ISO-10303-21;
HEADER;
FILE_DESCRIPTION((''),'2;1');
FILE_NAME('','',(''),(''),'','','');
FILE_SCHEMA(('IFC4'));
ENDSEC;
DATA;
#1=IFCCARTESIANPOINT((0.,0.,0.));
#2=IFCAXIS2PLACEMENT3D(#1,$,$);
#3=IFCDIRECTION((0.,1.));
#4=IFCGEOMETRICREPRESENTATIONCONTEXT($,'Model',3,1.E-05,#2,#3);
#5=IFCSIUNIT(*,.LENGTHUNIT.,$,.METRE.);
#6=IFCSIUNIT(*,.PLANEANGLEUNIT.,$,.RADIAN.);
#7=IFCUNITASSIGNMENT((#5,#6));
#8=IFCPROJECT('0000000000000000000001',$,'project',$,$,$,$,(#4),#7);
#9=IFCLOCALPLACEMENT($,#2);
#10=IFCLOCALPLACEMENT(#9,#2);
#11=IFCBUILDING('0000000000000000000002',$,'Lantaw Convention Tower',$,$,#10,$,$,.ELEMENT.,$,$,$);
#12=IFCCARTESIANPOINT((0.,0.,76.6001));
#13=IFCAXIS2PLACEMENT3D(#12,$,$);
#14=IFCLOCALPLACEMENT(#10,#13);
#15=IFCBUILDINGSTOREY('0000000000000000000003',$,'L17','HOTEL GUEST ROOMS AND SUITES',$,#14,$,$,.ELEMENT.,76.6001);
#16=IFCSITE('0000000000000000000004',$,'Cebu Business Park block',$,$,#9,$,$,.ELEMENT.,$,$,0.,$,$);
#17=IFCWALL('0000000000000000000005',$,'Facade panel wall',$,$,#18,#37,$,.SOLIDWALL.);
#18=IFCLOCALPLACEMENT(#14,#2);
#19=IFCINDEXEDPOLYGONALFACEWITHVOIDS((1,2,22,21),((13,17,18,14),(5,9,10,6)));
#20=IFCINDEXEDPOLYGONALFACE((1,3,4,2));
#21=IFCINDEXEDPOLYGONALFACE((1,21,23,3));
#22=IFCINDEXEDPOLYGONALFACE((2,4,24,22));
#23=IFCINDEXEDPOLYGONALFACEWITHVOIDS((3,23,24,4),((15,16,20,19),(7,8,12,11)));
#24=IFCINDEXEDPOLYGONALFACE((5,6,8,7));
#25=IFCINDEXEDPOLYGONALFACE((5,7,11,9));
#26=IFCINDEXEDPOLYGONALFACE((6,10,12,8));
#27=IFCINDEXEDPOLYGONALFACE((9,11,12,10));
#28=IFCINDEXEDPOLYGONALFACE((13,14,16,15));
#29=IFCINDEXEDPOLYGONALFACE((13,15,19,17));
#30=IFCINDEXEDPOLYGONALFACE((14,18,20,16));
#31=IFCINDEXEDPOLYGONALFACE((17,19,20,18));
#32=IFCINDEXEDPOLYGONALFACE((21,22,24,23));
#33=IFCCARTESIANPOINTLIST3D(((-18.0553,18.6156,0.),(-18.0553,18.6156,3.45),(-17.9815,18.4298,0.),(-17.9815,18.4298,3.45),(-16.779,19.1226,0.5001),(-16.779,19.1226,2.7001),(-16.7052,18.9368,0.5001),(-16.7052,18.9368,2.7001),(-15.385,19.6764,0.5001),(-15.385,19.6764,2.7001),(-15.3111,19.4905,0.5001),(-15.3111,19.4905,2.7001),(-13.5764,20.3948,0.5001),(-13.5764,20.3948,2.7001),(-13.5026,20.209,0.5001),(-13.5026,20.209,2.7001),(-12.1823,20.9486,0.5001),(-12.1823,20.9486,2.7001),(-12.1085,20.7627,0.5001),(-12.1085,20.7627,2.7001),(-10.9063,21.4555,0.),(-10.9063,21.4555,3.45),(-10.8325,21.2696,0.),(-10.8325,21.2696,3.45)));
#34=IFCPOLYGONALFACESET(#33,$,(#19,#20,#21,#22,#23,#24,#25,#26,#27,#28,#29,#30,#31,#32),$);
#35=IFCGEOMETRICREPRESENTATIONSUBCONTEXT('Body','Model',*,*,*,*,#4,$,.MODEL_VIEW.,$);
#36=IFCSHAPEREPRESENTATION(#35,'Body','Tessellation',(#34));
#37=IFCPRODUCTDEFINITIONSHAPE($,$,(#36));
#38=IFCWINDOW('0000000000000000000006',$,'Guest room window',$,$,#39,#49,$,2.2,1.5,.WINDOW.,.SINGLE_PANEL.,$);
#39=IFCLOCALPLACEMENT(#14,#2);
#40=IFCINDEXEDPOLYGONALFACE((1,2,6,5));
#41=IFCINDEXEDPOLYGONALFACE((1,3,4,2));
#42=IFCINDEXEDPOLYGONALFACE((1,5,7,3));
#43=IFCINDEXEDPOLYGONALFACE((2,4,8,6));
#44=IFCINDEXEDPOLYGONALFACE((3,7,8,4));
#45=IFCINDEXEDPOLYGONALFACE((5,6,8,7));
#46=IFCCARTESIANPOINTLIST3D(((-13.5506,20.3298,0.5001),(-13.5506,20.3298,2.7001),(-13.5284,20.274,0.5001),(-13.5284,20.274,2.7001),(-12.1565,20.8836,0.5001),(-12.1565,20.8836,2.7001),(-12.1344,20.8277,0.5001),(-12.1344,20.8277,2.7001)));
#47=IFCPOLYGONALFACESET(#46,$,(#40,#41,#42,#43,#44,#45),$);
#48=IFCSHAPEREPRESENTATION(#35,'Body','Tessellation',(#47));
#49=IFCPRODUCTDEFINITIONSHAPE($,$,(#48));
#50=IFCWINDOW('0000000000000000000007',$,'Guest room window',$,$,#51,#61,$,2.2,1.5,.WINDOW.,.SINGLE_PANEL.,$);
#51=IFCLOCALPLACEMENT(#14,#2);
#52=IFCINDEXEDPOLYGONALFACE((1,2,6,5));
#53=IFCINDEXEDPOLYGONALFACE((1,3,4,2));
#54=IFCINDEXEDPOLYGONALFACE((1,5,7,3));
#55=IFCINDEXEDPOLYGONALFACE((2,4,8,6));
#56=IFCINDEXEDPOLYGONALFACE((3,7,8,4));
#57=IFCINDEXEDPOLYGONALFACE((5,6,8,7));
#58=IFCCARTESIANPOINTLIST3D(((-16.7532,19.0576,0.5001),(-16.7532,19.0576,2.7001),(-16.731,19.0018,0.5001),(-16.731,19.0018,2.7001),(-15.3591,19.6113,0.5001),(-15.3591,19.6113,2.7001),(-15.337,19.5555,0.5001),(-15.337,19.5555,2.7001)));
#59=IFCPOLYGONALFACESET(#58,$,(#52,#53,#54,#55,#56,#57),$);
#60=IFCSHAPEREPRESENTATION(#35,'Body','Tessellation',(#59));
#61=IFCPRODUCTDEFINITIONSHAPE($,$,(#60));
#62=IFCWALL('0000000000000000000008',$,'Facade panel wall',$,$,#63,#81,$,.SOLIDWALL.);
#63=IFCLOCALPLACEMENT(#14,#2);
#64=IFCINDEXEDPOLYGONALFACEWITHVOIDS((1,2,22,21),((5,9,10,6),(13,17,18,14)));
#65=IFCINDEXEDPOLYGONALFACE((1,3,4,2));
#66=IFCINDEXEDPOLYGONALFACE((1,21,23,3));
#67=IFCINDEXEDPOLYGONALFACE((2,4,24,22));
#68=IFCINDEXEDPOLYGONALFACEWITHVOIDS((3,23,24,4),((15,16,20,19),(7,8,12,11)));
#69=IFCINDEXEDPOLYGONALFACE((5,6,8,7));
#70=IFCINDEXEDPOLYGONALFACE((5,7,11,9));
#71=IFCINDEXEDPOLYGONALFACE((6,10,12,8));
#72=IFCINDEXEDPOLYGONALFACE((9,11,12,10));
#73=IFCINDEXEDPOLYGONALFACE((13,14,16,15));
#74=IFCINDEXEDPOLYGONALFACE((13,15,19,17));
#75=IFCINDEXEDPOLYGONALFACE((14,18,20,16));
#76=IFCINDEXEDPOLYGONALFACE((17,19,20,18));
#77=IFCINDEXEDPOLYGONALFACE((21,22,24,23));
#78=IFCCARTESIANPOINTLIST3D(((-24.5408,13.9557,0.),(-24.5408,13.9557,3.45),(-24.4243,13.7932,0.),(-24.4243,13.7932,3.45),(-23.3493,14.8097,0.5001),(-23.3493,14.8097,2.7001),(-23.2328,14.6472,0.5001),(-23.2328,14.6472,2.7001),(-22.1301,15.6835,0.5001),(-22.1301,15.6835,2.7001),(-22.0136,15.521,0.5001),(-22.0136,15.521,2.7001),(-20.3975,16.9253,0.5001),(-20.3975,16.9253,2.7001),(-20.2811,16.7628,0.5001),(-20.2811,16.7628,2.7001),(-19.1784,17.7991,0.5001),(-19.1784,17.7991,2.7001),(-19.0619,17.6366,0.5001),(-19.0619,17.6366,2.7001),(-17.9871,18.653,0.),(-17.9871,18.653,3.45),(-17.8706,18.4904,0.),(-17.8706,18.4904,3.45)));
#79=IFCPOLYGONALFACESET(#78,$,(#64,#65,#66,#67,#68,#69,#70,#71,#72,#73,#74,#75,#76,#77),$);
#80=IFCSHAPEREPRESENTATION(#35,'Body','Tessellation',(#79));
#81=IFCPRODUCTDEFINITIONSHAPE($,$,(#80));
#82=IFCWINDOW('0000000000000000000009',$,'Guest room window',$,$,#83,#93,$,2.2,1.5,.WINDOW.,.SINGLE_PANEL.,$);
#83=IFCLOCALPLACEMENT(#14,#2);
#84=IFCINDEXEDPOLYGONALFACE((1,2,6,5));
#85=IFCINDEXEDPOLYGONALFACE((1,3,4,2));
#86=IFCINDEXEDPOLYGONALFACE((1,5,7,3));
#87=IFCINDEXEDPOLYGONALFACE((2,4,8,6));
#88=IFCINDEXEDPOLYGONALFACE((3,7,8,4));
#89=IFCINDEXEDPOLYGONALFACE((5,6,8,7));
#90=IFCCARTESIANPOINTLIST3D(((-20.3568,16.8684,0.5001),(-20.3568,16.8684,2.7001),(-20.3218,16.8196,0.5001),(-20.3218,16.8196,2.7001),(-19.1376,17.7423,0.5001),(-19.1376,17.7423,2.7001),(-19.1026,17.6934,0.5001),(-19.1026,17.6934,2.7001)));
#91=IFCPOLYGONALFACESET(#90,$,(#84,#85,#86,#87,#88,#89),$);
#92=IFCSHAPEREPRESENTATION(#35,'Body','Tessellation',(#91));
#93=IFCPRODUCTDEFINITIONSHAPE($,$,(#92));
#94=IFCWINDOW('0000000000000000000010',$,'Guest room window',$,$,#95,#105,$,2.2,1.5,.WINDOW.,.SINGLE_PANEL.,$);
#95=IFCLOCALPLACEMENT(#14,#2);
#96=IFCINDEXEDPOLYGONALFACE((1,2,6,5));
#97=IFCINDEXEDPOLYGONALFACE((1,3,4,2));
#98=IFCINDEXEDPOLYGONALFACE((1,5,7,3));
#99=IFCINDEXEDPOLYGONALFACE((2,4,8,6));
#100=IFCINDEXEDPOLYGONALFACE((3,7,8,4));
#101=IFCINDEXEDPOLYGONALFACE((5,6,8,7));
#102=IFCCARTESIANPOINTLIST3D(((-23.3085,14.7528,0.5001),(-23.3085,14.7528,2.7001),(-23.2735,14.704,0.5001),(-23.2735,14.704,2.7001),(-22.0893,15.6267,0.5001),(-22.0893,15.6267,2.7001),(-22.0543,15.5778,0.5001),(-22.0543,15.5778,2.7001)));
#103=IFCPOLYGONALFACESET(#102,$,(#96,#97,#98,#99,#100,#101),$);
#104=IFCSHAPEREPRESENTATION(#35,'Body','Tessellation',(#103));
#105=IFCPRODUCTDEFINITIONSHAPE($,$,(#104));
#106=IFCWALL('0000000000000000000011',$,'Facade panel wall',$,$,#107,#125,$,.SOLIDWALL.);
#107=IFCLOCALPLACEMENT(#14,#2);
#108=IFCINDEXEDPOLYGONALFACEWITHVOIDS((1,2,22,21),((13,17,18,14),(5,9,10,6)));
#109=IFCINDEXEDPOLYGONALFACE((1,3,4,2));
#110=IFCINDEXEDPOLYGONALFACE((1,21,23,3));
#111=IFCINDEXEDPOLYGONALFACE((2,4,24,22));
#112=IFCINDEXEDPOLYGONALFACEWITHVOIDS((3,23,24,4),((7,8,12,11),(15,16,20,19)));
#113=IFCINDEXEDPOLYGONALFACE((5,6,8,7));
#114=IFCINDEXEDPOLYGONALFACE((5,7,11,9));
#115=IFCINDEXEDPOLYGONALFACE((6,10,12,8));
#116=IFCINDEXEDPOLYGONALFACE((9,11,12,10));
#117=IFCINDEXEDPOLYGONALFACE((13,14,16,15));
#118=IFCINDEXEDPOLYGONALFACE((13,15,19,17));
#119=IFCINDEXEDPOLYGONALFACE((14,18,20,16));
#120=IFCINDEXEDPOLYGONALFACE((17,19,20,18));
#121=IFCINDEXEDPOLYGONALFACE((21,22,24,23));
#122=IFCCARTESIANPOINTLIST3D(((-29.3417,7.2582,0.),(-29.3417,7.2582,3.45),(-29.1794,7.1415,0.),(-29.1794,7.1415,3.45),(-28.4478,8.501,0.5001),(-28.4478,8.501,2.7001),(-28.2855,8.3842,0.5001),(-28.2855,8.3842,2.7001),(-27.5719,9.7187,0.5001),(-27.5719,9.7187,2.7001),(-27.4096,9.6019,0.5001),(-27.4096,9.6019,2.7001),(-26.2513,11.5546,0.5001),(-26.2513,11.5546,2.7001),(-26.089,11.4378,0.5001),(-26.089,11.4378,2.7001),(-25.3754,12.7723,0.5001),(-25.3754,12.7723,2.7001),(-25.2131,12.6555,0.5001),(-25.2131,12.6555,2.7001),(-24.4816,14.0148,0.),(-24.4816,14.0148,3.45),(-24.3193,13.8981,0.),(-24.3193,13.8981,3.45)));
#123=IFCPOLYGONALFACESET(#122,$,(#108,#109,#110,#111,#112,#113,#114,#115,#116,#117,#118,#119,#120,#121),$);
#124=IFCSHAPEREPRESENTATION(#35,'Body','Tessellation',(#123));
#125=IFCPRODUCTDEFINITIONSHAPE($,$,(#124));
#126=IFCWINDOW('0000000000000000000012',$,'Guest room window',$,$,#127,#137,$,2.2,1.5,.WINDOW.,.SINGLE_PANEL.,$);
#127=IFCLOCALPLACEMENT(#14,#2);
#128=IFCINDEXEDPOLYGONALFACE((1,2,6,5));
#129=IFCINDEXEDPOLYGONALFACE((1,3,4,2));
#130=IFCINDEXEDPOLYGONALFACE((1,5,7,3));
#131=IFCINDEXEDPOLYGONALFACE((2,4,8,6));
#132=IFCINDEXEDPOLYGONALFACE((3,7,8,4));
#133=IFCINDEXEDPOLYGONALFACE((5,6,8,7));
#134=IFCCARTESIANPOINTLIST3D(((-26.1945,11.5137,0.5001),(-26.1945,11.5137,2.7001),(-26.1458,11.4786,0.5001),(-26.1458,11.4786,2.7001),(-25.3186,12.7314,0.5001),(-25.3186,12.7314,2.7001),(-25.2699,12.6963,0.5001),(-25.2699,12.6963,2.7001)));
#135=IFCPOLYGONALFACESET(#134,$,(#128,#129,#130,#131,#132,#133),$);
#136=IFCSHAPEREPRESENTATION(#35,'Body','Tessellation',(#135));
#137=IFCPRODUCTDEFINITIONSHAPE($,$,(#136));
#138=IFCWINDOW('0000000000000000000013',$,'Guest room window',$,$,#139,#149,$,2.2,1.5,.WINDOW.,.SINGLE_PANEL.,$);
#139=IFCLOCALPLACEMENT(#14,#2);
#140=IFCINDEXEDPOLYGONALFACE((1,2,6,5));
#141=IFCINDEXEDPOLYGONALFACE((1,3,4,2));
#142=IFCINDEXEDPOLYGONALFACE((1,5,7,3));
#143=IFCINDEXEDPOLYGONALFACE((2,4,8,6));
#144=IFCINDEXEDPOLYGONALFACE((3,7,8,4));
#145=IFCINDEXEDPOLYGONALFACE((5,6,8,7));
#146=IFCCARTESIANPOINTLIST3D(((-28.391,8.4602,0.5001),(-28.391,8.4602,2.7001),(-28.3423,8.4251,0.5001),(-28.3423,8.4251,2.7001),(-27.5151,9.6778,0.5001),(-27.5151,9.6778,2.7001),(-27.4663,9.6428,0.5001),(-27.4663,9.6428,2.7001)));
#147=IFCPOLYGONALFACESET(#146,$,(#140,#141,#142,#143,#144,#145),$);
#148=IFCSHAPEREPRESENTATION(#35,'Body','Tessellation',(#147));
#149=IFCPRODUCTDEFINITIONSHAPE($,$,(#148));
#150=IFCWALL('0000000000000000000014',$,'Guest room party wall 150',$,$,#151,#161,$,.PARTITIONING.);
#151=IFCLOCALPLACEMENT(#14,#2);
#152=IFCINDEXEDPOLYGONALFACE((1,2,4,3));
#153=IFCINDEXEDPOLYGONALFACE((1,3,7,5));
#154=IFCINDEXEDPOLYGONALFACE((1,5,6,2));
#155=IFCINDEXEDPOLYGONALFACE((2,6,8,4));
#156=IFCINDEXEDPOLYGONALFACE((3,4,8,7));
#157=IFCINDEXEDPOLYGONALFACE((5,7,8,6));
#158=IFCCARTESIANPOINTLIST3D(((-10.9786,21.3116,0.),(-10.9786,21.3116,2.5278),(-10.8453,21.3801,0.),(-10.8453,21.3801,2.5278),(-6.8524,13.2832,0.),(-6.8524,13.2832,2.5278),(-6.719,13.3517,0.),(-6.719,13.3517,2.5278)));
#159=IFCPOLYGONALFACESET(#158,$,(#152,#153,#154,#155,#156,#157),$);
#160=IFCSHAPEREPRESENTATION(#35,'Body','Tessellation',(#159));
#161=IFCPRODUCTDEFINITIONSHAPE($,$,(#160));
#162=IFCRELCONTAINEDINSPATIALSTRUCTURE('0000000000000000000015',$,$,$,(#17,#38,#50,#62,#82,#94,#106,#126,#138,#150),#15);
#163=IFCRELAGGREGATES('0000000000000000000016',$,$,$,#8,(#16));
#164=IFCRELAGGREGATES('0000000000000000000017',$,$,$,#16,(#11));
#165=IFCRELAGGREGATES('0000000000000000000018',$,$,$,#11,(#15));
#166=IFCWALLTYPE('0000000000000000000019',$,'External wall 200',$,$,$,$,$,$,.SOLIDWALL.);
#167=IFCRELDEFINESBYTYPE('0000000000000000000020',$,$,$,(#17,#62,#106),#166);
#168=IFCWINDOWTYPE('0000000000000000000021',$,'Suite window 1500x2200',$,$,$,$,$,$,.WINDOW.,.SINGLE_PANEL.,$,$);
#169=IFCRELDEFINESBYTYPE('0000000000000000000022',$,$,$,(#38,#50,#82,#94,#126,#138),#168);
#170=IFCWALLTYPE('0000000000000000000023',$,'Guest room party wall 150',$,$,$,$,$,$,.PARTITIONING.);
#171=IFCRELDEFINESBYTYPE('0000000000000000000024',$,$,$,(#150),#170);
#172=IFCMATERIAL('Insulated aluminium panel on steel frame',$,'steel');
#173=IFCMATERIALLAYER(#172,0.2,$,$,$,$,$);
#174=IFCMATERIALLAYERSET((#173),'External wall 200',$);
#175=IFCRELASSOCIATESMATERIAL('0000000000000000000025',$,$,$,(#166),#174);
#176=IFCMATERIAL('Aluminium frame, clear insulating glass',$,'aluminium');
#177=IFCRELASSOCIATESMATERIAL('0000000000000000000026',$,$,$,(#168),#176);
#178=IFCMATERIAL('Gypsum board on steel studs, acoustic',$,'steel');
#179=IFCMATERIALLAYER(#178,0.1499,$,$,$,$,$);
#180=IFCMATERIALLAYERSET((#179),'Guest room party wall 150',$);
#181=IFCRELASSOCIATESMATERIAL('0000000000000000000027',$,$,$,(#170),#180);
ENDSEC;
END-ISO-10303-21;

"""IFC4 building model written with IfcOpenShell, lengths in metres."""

from ifc_helpers import new_model, si_unit, direction, frame, frame_2d, origin, place, context, subcontext, project, spatial, rectangle, extrude, material, layer, layer_set, type_object, element, fill, save


model = new_model("IFC4")

# Units and contexts
model_context = context("Model", 3, precision=1e-05, world=origin(), true_north=direction((0.0, 1.0)))
body_context = subcontext(model_context, "Body", "Model", "MODEL_VIEW")
ifc_project = project(units=[si_unit("LENGTHUNIT", "METRE"), si_unit("PLANEANGLEUNIT", "RADIAN")], contexts=[model_context])

# Site, building, storey
site_placement = place(None, origin())
site = spatial("IfcSite", under=ifc_project, at=site_placement, Name="Cebu Business Park block", CompositionType="ELEMENT", RefElevation=0.0)
building_placement = place(site_placement, origin())
building = spatial("IfcBuilding", under=site, at=building_placement, Name="Lantaw Convention Tower", CompositionType="ELEMENT")
storey_placement = place(building_placement, frame((0.0, 0.0, 76.6001)))
storey = spatial("IfcBuildingStorey", under=building, at=storey_placement, Name="L17", Description="HOTEL GUEST ROOMS AND SUITES", CompositionType="ELEMENT", Elevation=76.6001)

# Walls, openings, windows
ifc_material_1 = material(Name="Insulated aluminium panel on steel frame", Category="steel")
ifc_layer_1 = layer(ifc_material_1, 0.2)
ifc_layer_set_1 = layer_set([ifc_layer_1], Name="External wall 200")
wall_type_1 = type_object("IfcWallType", Name="External wall 200", PredefinedType="SOLIDWALL", material=ifc_layer_set_1)
wall_1_placement = place(storey_placement, frame((-10.8694, 21.3625, 0.0), z_axis=(0.0, 0.0, 1.0), x_axis=(-0.929358, -0.369179, 0.0)))
wall_1 = element("IfcWall", 1, at=wall_1_placement, inside=storey, type_object=wall_type_1, Name="Facade panel wall", PredefinedType="SOLIDWALL", context=body_context, shape_type="SweptSolid", body=[
    extrude(rectangle(XDim=7.6924, YDim=0.2, at=frame_2d((3.8462, 0.0))), origin(), (0.0, 0.0, 1.0), 3.45),
])
opening_1_placement = place(wall_1_placement, frame((1.373, 0.0, 0.5)))
opening_1 = element("IfcOpeningElement", 2, at=opening_1_placement, cuts=wall_1, PredefinedType="OPENING", context=body_context, shape_type="SweptSolid", body=[
    extrude(rectangle(XDim=1.5, YDim=2.2, at=frame_2d((0.75, 1.1001))), frame((0.0, 0.1099, 0.0), z_axis=(0.0, -1.0, 0.0), x_axis=(1.0, 0.0, 0.0)), (0.0, 0.0, 1.0), 0.22),
])
opening_2_placement = place(wall_1_placement, frame((4.8191, 0.0, 0.5)))
opening_2 = element("IfcOpeningElement", 3, at=opening_2_placement, cuts=wall_1, PredefinedType="OPENING", context=body_context, shape_type="SweptSolid", body=[
    extrude(rectangle(XDim=1.5, YDim=2.2, at=frame_2d((0.75, 1.1001))), frame((0.0, 0.1099, 0.0), z_axis=(0.0, -1.0, 0.0), x_axis=(1.0, 0.0, 0.0)), (0.0, 0.0, 1.0), 0.22),
])
ifc_material_2 = material(Name="Aluminium frame, clear insulating glass", Category="aluminium")
window_type = type_object("IfcWindowType", Name="Suite window 1500x2200", PartitioningType="SINGLE_PANEL", PredefinedType="WINDOW", material=ifc_material_2)
window_1_placement = place(opening_1_placement, origin())
window_1 = element("IfcWindow", 4, at=window_1_placement, inside=storey, type_object=window_type, Name="Guest room window", OverallHeight=2.2, OverallWidth=1.5, PartitioningType="SINGLE_PANEL", PredefinedType="WINDOW", context=body_context, shape_type="SweptSolid", body=[
    extrude(rectangle(XDim=1.5, YDim=2.2, at=frame_2d((0.75, 1.1001))), frame((0.0, 0.03, 0.0), z_axis=(0.0, -1.0, 0.0), x_axis=(1.0, 0.0, 0.0)), (0.0, 0.0, 1.0), 0.0601),
])
fill(opening_1, window_1)
window_2_placement = place(opening_2_placement, origin())
window_2 = element("IfcWindow", 5, at=window_2_placement, inside=storey, type_object=window_type, Name="Guest room window", OverallHeight=2.2, OverallWidth=1.5, PartitioningType="SINGLE_PANEL", PredefinedType="WINDOW", context=body_context, shape_type="SweptSolid", body=[
    extrude(rectangle(XDim=1.5, YDim=2.2, at=frame_2d((0.75, 1.1001))), frame((0.0, 0.03, 0.0), z_axis=(0.0, -1.0, 0.0), x_axis=(1.0, 0.0, 0.0)), (0.0, 0.0, 1.0), 0.0601),
])
fill(opening_2, window_2)
wall_2_placement = place(storey_placement, frame((-17.9287, 18.5718, 0.0), z_axis=(0.0, 0.0, 1.0), x_axis=(-0.812791, -0.582555, 0.0)))
wall_2 = element("IfcWall", 6, at=wall_2_placement, inside=storey, type_object=wall_type_1, Name="Facade panel wall", PredefinedType="SOLIDWALL", context=body_context, shape_type="SweptSolid", body=[
    extrude(rectangle(XDim=8.0632, YDim=0.2, at=frame_2d((4.0317, 0.0))), origin(), (0.0, 0.0, 1.0), 3.45),
])
opening_3_placement = place(wall_2_placement, frame((1.4658, 0.0, 0.5)))
opening_3 = element("IfcOpeningElement", 7, at=opening_3_placement, cuts=wall_2, PredefinedType="OPENING", context=body_context, shape_type="SweptSolid", body=[
    extrude(rectangle(XDim=1.5, YDim=2.2, at=frame_2d((0.75, 1.1001))), frame((0.0, 0.1099, 0.0), z_axis=(0.0, -1.0, 0.0), x_axis=(1.0, 0.0, 0.0)), (0.0, 0.0, 1.0), 0.22),
])
opening_4_placement = place(wall_2_placement, frame((5.0974, 0.0, 0.5)))
opening_4 = element("IfcOpeningElement", 8, at=opening_4_placement, cuts=wall_2, PredefinedType="OPENING", context=body_context, shape_type="SweptSolid", body=[
    extrude(rectangle(XDim=1.5, YDim=2.2, at=frame_2d((0.75, 1.1001))), frame((0.0, 0.1099, 0.0), z_axis=(0.0, -1.0, 0.0), x_axis=(1.0, 0.0, 0.0)), (0.0, 0.0, 1.0), 0.22),
])
window_3_placement = place(opening_3_placement, origin())
window_3 = element("IfcWindow", 9, at=window_3_placement, inside=storey, type_object=window_type, Name="Guest room window", OverallHeight=2.2, OverallWidth=1.5, PartitioningType="SINGLE_PANEL", PredefinedType="WINDOW", context=body_context, shape_type="SweptSolid", body=[
    extrude(rectangle(XDim=1.5, YDim=2.2, at=frame_2d((0.75, 1.1001))), frame((0.0, 0.03, 0.0), z_axis=(0.0, -1.0, 0.0), x_axis=(1.0, 0.0, 0.0)), (0.0, 0.0, 1.0), 0.0601),
])
fill(opening_3, window_3)
window_4_placement = place(opening_4_placement, origin())
window_4 = element("IfcWindow", 10, at=window_4_placement, inside=storey, type_object=window_type, Name="Guest room window", OverallHeight=2.2, OverallWidth=1.5, PartitioningType="SINGLE_PANEL", PredefinedType="WINDOW", context=body_context, shape_type="SweptSolid", body=[
    extrude(rectangle(XDim=1.5, YDim=2.2, at=frame_2d((0.75, 1.1001))), frame((0.0, 0.03, 0.0), z_axis=(0.0, -1.0, 0.0), x_axis=(1.0, 0.0, 0.0)), (0.0, 0.0, 1.0), 0.0601),
])
fill(opening_4, window_4)
wall_3_placement = place(storey_placement, frame((-24.4004, 13.9565, 0.0), z_axis=(0.0, 0.0, 1.0), x_axis=(-0.583938, -0.811799, 0.0)))
wall_3 = element("IfcWall", 11, at=wall_3_placement, inside=storey, type_object=wall_type_1, Name="Facade panel wall", PredefinedType="SOLIDWALL", context=body_context, shape_type="SweptSolid", body=[
    extrude(rectangle(XDim=8.323, YDim=0.2, at=frame_2d((4.1616, 0.0))), origin(), (0.0, 0.0, 1.0), 3.45),
])
opening_5_placement = place(wall_3_placement, frame((1.5308, 0.0, 0.5)))
opening_5 = element("IfcOpeningElement", 12, at=opening_5_placement, cuts=wall_3, PredefinedType="OPENING", context=body_context, shape_type="SweptSolid", body=[
    extrude(rectangle(XDim=1.5, YDim=2.2, at=frame_2d((0.75, 1.1001))), frame((0.0, 0.1099, 0.0), z_axis=(0.0, -1.0, 0.0), x_axis=(1.0, 0.0, 0.0)), (0.0, 0.0, 1.0), 0.22),
])
opening_6_placement = place(wall_3_placement, frame((5.2922, 0.0, 0.5)))
opening_6 = element("IfcOpeningElement", 13, at=opening_6_placement, cuts=wall_3, PredefinedType="OPENING", context=body_context, shape_type="SweptSolid", body=[
    extrude(rectangle(XDim=1.5, YDim=2.2, at=frame_2d((0.75, 1.1001))), frame((0.0, 0.1099, 0.0), z_axis=(0.0, -1.0, 0.0), x_axis=(1.0, 0.0, 0.0)), (0.0, 0.0, 1.0), 0.22),
])
window_5_placement = place(opening_5_placement, origin())
window_5 = element("IfcWindow", 14, at=window_5_placement, inside=storey, type_object=window_type, Name="Guest room window", OverallHeight=2.2, OverallWidth=1.5, PartitioningType="SINGLE_PANEL", PredefinedType="WINDOW", context=body_context, shape_type="SweptSolid", body=[
    extrude(rectangle(XDim=1.5, YDim=2.2, at=frame_2d((0.75, 1.1001))), frame((0.0, 0.03, 0.0), z_axis=(0.0, -1.0, 0.0), x_axis=(1.0, 0.0, 0.0)), (0.0, 0.0, 1.0), 0.0601),
])
fill(opening_5, window_5)
window_6_placement = place(opening_6_placement, origin())
window_6 = element("IfcWindow", 15, at=window_6_placement, inside=storey, type_object=window_type, Name="Guest room window", OverallHeight=2.2, OverallWidth=1.5, PartitioningType="SINGLE_PANEL", PredefinedType="WINDOW", context=body_context, shape_type="SweptSolid", body=[
    extrude(rectangle(XDim=1.5, YDim=2.2, at=frame_2d((0.75, 1.1001))), frame((0.0, 0.03, 0.0), z_axis=(0.0, -1.0, 0.0), x_axis=(1.0, 0.0, 0.0)), (0.0, 0.0, 1.0), 0.0601),
])
fill(opening_6, window_6)

# Wall
ifc_material_3 = material(Name="Gypsum board on steel studs, acoustic", Category="steel")
ifc_layer_2 = layer(ifc_material_3, 0.1499)
ifc_layer_set_2 = layer_set([ifc_layer_2], Name="Guest room party wall 150")
wall_type_2 = type_object("IfcWallType", Name="Guest room party wall 150", PredefinedType="PARTITIONING", material=ifc_layer_set_2)
wall_4_placement = place(storey_placement, frame((-10.9119, 21.3457, 0.0), z_axis=(0.0, 0.0, 1.0), x_axis=(0.457118, -0.889406, 0.0)))
element("IfcWall", 16, at=wall_4_placement, inside=storey, type_object=wall_type_2, Name="Guest room party wall 150", PredefinedType="PARTITIONING", context=body_context, shape_type="SweptSolid", body=[
    extrude(rectangle(XDim=9.0266, YDim=0.1499, at=frame_2d((4.5132, 0.0))), origin(), (0.0, 0.0, 1.0), 2.5278),
])

save(model, "model.ifc")
